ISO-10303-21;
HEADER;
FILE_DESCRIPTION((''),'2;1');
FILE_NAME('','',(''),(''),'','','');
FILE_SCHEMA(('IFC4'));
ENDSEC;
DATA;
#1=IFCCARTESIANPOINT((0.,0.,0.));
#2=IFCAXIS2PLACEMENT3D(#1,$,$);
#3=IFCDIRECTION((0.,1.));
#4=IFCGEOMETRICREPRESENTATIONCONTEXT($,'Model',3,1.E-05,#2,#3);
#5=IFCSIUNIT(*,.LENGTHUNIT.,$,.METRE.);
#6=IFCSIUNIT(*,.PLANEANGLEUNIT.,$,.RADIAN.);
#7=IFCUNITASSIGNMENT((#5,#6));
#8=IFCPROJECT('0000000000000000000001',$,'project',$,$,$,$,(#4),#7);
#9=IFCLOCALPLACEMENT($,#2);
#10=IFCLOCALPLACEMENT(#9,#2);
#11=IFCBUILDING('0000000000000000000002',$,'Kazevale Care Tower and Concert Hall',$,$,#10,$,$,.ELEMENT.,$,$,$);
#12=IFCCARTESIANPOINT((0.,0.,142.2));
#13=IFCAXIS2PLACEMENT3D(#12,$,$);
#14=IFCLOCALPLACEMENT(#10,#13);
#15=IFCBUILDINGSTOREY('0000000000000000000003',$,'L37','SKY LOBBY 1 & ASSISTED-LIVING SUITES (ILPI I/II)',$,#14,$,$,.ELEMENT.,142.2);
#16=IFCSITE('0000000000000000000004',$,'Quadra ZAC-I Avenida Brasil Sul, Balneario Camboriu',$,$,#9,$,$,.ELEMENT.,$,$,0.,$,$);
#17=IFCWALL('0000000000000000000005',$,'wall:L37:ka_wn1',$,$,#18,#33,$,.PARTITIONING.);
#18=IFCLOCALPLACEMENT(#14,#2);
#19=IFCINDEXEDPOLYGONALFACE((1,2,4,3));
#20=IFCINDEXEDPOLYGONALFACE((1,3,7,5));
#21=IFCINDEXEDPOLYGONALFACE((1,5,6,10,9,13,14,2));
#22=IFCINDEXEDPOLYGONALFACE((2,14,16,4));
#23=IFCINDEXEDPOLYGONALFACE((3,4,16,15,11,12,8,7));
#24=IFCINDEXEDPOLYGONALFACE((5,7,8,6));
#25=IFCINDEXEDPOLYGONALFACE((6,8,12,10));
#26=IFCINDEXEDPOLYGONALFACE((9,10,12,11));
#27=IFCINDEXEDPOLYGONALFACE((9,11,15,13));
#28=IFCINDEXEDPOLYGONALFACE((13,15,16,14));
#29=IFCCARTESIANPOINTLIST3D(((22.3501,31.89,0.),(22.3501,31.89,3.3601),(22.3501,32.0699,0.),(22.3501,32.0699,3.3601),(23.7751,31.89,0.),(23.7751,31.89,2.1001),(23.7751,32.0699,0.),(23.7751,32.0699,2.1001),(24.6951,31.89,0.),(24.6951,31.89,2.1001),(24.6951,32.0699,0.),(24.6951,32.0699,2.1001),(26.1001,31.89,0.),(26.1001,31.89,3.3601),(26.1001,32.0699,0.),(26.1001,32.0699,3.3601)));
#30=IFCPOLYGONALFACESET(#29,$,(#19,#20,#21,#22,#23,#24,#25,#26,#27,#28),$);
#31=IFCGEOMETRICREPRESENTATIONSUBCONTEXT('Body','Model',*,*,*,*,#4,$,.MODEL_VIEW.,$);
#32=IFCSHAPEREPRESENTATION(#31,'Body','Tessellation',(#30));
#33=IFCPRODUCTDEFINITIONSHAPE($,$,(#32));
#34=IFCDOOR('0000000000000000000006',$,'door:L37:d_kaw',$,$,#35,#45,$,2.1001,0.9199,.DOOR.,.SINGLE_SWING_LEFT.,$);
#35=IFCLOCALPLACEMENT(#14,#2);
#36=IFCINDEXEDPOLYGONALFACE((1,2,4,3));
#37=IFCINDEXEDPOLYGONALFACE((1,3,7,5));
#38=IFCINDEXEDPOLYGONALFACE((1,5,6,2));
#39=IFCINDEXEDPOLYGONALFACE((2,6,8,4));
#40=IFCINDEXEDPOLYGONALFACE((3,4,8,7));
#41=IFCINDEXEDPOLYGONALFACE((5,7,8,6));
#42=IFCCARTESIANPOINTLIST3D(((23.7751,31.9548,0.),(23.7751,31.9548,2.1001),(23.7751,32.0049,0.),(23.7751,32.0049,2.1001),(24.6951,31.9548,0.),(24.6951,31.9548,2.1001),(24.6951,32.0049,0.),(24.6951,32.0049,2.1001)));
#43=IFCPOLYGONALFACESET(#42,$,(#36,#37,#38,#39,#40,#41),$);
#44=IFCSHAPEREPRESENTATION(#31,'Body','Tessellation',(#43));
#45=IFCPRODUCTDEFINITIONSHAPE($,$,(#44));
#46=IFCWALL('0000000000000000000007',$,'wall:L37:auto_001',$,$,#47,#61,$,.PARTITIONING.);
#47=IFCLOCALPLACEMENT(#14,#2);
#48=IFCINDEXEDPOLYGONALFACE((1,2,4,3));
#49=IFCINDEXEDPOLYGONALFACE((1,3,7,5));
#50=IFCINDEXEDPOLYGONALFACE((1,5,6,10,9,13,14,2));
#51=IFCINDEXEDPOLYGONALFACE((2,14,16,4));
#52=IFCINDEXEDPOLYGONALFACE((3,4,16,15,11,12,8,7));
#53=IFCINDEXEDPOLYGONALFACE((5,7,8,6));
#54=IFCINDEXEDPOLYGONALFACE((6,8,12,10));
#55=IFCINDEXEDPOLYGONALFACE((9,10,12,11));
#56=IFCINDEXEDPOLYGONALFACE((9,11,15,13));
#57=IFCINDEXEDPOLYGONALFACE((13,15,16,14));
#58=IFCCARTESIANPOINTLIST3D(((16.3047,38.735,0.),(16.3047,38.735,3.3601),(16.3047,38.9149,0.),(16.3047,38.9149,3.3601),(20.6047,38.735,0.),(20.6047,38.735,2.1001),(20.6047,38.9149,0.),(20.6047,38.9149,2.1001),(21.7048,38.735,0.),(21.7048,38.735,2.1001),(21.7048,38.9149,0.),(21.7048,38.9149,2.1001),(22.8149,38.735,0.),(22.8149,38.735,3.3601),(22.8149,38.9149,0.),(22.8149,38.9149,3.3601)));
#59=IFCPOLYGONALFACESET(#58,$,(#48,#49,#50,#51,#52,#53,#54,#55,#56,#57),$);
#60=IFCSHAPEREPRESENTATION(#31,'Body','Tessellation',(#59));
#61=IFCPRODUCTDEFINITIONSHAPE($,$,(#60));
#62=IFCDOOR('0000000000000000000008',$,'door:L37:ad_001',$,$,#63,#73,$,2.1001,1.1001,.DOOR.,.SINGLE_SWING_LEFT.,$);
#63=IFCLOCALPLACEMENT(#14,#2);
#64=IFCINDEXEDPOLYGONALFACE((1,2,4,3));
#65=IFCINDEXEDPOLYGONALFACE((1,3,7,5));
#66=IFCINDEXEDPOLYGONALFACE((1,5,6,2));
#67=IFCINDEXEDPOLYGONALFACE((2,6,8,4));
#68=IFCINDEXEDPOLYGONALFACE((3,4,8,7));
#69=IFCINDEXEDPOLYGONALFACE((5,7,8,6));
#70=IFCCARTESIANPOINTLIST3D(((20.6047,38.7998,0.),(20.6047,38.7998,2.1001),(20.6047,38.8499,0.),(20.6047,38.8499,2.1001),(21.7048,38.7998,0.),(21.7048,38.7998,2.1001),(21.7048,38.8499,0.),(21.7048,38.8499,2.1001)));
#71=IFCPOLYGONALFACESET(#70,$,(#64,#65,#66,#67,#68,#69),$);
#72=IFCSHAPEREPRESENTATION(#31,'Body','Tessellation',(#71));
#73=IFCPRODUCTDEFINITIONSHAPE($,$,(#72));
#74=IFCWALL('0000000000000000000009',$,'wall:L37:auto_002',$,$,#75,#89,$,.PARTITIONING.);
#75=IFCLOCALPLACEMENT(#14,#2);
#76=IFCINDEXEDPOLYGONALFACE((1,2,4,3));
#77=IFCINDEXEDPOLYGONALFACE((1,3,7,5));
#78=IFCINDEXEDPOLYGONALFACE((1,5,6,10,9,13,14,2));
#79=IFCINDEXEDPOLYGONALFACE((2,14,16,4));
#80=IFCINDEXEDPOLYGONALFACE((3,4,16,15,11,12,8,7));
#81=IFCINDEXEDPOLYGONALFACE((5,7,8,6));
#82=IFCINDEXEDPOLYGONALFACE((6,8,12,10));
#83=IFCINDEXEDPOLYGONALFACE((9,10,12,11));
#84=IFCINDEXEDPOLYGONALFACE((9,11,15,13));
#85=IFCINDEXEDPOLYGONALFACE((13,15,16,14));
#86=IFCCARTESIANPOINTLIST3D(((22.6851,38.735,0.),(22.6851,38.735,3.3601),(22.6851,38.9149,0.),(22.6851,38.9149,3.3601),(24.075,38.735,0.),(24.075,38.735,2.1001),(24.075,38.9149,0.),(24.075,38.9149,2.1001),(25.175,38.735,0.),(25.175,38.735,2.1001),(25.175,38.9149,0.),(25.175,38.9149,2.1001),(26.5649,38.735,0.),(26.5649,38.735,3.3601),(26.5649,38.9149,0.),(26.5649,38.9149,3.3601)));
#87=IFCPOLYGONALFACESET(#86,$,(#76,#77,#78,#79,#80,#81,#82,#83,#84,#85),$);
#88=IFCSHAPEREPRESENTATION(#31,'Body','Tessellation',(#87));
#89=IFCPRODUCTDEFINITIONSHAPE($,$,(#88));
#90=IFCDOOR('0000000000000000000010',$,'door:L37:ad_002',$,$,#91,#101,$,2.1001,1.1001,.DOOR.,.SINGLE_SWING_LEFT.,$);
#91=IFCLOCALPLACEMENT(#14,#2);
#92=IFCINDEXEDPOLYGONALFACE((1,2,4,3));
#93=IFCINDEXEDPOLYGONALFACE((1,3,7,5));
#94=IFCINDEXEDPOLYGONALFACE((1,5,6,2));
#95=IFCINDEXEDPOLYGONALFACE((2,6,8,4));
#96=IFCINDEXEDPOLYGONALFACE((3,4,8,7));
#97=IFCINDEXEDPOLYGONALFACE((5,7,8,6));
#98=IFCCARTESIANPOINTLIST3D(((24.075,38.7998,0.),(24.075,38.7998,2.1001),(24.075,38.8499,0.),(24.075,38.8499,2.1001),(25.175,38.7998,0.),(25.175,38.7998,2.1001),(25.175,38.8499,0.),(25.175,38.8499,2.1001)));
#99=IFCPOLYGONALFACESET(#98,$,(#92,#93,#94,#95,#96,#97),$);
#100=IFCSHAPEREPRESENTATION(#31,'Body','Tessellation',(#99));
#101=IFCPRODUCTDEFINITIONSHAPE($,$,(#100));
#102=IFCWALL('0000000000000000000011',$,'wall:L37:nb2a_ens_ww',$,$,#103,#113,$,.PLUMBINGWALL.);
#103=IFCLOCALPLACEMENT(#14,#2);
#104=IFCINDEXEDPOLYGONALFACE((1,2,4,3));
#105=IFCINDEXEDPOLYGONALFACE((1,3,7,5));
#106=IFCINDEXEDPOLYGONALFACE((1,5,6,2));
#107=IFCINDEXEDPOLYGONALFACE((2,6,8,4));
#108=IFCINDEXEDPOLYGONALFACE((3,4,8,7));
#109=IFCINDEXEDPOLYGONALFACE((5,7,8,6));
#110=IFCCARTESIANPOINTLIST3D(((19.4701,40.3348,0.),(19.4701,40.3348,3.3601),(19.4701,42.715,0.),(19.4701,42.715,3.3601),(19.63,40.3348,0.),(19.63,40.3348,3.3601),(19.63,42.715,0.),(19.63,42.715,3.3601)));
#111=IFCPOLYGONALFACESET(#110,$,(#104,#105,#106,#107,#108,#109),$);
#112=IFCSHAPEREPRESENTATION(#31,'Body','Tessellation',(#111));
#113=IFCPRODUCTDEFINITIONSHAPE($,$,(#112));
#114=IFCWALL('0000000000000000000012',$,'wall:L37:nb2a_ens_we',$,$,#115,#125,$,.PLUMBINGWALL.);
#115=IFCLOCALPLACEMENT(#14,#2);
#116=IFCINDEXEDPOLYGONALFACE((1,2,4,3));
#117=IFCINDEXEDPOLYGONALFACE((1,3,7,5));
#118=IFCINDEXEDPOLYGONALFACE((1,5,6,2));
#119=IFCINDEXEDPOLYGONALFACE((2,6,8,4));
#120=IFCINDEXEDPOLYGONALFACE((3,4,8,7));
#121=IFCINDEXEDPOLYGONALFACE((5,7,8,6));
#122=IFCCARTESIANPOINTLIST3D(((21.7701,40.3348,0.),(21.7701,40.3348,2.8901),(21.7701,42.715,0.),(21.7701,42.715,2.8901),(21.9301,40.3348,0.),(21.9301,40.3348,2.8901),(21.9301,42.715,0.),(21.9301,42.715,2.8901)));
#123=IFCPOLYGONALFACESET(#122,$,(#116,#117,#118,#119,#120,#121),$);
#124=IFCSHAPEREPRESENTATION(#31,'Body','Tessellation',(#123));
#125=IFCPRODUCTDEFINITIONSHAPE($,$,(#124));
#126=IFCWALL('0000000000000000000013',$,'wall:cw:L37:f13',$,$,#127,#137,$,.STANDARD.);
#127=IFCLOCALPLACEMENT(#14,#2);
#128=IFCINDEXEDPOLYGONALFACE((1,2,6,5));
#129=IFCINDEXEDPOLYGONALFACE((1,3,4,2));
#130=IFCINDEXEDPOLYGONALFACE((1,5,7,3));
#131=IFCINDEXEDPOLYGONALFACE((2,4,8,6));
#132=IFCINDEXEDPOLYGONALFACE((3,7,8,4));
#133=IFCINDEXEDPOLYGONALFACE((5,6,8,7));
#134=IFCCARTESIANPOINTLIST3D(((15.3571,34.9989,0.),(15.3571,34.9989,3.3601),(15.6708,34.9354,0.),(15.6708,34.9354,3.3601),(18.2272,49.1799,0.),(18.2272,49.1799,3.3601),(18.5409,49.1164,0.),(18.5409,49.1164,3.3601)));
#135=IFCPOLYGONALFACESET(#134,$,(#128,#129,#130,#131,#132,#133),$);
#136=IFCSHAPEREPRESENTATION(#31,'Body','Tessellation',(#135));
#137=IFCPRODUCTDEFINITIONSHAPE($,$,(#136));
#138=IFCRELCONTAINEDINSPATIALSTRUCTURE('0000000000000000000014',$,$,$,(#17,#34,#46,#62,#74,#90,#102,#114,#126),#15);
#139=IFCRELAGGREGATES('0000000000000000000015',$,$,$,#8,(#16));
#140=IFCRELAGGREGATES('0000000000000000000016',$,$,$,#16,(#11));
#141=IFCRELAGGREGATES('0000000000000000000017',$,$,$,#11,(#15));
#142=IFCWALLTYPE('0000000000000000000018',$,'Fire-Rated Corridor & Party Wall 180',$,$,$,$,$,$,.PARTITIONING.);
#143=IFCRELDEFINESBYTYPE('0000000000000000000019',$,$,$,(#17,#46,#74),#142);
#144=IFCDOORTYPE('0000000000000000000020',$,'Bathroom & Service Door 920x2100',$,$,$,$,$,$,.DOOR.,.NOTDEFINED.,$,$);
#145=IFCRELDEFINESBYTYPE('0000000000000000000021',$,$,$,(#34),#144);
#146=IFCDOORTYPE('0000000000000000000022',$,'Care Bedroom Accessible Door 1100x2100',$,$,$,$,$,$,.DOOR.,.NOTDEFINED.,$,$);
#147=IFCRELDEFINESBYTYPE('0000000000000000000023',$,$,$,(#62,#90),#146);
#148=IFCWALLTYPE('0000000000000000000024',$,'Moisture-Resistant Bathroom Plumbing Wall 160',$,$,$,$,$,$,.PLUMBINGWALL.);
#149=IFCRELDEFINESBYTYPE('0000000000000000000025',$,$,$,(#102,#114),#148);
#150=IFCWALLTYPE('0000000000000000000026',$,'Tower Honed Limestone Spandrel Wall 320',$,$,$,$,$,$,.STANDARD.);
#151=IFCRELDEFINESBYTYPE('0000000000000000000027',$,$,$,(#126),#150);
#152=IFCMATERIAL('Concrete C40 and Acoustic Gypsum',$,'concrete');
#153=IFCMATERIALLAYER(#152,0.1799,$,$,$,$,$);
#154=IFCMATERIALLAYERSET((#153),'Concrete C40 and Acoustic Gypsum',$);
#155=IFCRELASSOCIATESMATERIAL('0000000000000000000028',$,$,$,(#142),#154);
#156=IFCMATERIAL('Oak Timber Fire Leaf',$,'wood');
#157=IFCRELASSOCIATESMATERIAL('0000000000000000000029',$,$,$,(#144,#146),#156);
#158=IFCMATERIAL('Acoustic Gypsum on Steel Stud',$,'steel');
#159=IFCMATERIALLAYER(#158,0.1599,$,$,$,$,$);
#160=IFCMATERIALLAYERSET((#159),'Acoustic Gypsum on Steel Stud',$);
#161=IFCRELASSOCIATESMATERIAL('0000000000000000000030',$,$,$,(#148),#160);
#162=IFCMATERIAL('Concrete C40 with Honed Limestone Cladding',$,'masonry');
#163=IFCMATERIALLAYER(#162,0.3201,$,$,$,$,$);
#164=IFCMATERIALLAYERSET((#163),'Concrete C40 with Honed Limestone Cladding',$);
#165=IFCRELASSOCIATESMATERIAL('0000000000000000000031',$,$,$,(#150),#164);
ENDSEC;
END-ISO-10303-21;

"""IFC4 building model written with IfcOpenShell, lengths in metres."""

from ifc_helpers import new_model, si_unit, direction, frame, frame_2d, origin, place, context, subcontext, project, spatial, rectangle, extrude, material, layer, layer_set, type_object, element, fill, save


model = new_model("IFC4")

# Units and contexts
model_context = context("Model", 3, precision=1e-05, world=origin(), true_north=direction((0.0, 1.0)))
body_context = subcontext(model_context, "Body", "Model", "MODEL_VIEW")
ifc_project = project(units=[si_unit("LENGTHUNIT", "METRE"), si_unit("PLANEANGLEUNIT", "RADIAN")], contexts=[model_context])

# Site, building, storey
site_placement = place(None, origin())
site = spatial("IfcSite", under=ifc_project, at=site_placement, Name="Quadra ZAC-I Avenida Brasil Sul, Balneario Camboriu", CompositionType="ELEMENT", RefElevation=0.0)
building_placement = place(site_placement, origin())
building = spatial("IfcBuilding", under=site, at=building_placement, Name="Kazevale Care Tower and Concert Hall", CompositionType="ELEMENT")
storey_placement = place(building_placement, frame((0.0, 0.0, 142.2)))
storey = spatial("IfcBuildingStorey", under=building, at=storey_placement, Name="L37", Description="SKY LOBBY 1 & ASSISTED-LIVING SUITES (ILPI I/II)", CompositionType="ELEMENT", Elevation=142.2)

# Walls, openings, doors
ifc_material_1 = material(Name="Concrete C40 and Acoustic Gypsum", Category="concrete")
ifc_layer_1 = layer(ifc_material_1, 0.1799)
ifc_layer_set_1 = layer_set([ifc_layer_1], Name="Concrete C40 and Acoustic Gypsum")
wall_type_1 = type_object("IfcWallType", Name="Fire-Rated Corridor & Party Wall 180", PredefinedType="PARTITIONING", material=ifc_layer_set_1)
wall_1_placement = place(storey_placement, frame((22.3501, 31.98, 0.0), z_axis=(0.0, 0.0, 1.0), x_axis=(1.0, 0.0, 0.0)))
wall_1 = element("IfcWall", 1, at=wall_1_placement, inside=storey, type_object=wall_type_1, Name="wall:L37:ka_wn1", PredefinedType="PARTITIONING", context=body_context, shape_type="SweptSolid", body=[
    extrude(rectangle(XDim=3.75, YDim=0.1799, at=frame_2d((1.875, 0.0))), origin(), (0.0, 0.0, 1.0), 3.3601),
])
opening_1_placement = place(wall_1_placement, frame((1.425, 0.0, 0.0)))
opening_1 = element("IfcOpeningElement", 2, at=opening_1_placement, cuts=wall_1, PredefinedType="OPENING", context=body_context, shape_type="SweptSolid", body=[
    extrude(rectangle(XDim=0.9199, YDim=2.1001, at=frame_2d((0.46, 1.05))), frame((0.0, 0.0999, 0.0), z_axis=(0.0, -1.0, 0.0), x_axis=(1.0, 0.0, 0.0)), (0.0, 0.0, 1.0), 0.2),
])
ifc_material_2 = material(Name="Oak Timber Fire Leaf", Category="wood")
door_type_1 = type_object("IfcDoorType", Name="Bathroom & Service Door 920x2100", OperationType="NOTDEFINED", PredefinedType="DOOR", material=ifc_material_2)
door_1_placement = place(opening_1_placement, origin())
door_1 = element("IfcDoor", 3, at=door_1_placement, inside=storey, type_object=door_type_1, Name="door:L37:d_kaw", OperationType="SINGLE_SWING_LEFT", OverallHeight=2.1001, OverallWidth=0.9199, PredefinedType="DOOR", context=body_context, shape_type="SweptSolid", body=[
    extrude(rectangle(XDim=0.9199, YDim=2.1001, at=frame_2d((0.46, 1.05))), frame((0.0, 0.0249, 0.0), z_axis=(0.0, -1.0, 0.0), x_axis=(1.0, 0.0, 0.0)), (0.0, 0.0, 1.0), 0.05),
])
fill(opening_1, door_1)
wall_2_placement = place(storey_placement, frame((16.3047, 38.825, 0.0), z_axis=(0.0, 0.0, 1.0), x_axis=(1.0, 0.0, 0.0)))
wall_2 = element("IfcWall", 4, at=wall_2_placement, inside=storey, type_object=wall_type_1, Name="wall:L37:auto_001", PredefinedType="PARTITIONING", context=body_context, shape_type="SweptSolid", body=[
    extrude(rectangle(XDim=6.5103, YDim=0.1799, at=frame_2d((3.2551, 0.0))), origin(), (0.0, 0.0, 1.0), 3.3601),
])
opening_2_placement = place(wall_2_placement, frame((4.3, 0.0, 0.0)))
opening_2 = element("IfcOpeningElement", 5, at=opening_2_placement, cuts=wall_2, PredefinedType="OPENING", context=body_context, shape_type="SweptSolid", body=[
    extrude(rectangle(XDim=1.1001, YDim=2.1001, at=frame_2d((0.55, 1.05))), frame((0.0, 0.0999, 0.0), z_axis=(0.0, -1.0, 0.0), x_axis=(1.0, 0.0, 0.0)), (0.0, 0.0, 1.0), 0.2),
])
door_type_2 = type_object("IfcDoorType", Name="Care Bedroom Accessible Door 1100x2100", OperationType="NOTDEFINED", PredefinedType="DOOR", material=ifc_material_2)
door_2_placement = place(opening_2_placement, origin())
door_2 = element("IfcDoor", 6, at=door_2_placement, inside=storey, type_object=door_type_2, Name="door:L37:ad_001", OperationType="SINGLE_SWING_LEFT", OverallHeight=2.1001, OverallWidth=1.1001, PredefinedType="DOOR", context=body_context, shape_type="SweptSolid", body=[
    extrude(rectangle(XDim=1.1001, YDim=2.1001, at=frame_2d((0.55, 1.05))), frame((0.0, 0.0249, 0.0), z_axis=(0.0, -1.0, 0.0), x_axis=(1.0, 0.0, 0.0)), (0.0, 0.0, 1.0), 0.05),
])
fill(opening_2, door_2)
wall_3_placement = place(storey_placement, frame((22.6851, 38.825, 0.0), z_axis=(0.0, 0.0, 1.0), x_axis=(1.0, 0.0, 0.0)))
wall_3 = element("IfcWall", 7, at=wall_3_placement, inside=storey, type_object=wall_type_1, Name="wall:L37:auto_002", PredefinedType="PARTITIONING", context=body_context, shape_type="SweptSolid", body=[
    extrude(rectangle(XDim=3.8799, YDim=0.1799, at=frame_2d((1.9399, 0.0))), origin(), (0.0, 0.0, 1.0), 3.3601),
])
opening_3_placement = place(wall_3_placement, frame((1.3899, 0.0, 0.0)))
opening_3 = element("IfcOpeningElement", 8, at=opening_3_placement, cuts=wall_3, PredefinedType="OPENING", context=body_context, shape_type="SweptSolid", body=[
    extrude(rectangle(XDim=1.1001, YDim=2.1001, at=frame_2d((0.55, 1.05))), frame((0.0, 0.0999, 0.0), z_axis=(0.0, -1.0, 0.0), x_axis=(1.0, 0.0, 0.0)), (0.0, 0.0, 1.0), 0.2),
])
door_3_placement = place(opening_3_placement, origin())
door_3 = element("IfcDoor", 9, at=door_3_placement, inside=storey, type_object=door_type_2, Name="door:L37:ad_002", OperationType="SINGLE_SWING_LEFT", OverallHeight=2.1001, OverallWidth=1.1001, PredefinedType="DOOR", context=body_context, shape_type="SweptSolid", body=[
    extrude(rectangle(XDim=1.1001, YDim=2.1001, at=frame_2d((0.55, 1.05))), frame((0.0, 0.0249, 0.0), z_axis=(0.0, -1.0, 0.0), x_axis=(1.0, 0.0, 0.0)), (0.0, 0.0, 1.0), 0.05),
])
fill(opening_3, door_3)

# Walls
ifc_material_3 = material(Name="Acoustic Gypsum on Steel Stud", Category="steel")
ifc_layer_2 = layer(ifc_material_3, 0.1599)
ifc_layer_set_2 = layer_set([ifc_layer_2], Name="Acoustic Gypsum on Steel Stud")
wall_type_2 = type_object("IfcWallType", Name="Moisture-Resistant Bathroom Plumbing Wall 160", PredefinedType="PLUMBINGWALL", material=ifc_layer_set_2)
wall_4_placement = place(storey_placement, frame((19.55, 40.335, 0.0), z_axis=(0.0, 0.0, 1.0), x_axis=(0.0, 1.0, 0.0)))
element("IfcWall", 10, at=wall_4_placement, inside=storey, type_object=wall_type_2, Name="wall:L37:nb2a_ens_ww", PredefinedType="PLUMBINGWALL", context=body_context, shape_type="SweptSolid", body=[
    extrude(rectangle(XDim=2.3801, YDim=0.1599, at=frame_2d((1.1899, 0.0))), origin(), (0.0, 0.0, 1.0), 3.3601),
])
wall_5_placement = place(storey_placement, frame((21.8501, 40.335, 0.0), z_axis=(0.0, 0.0, 1.0), x_axis=(0.0, 1.0, 0.0)))
element("IfcWall", 11, at=wall_5_placement, inside=storey, type_object=wall_type_2, Name="wall:L37:nb2a_ens_we", PredefinedType="PLUMBINGWALL", context=body_context, shape_type="SweptSolid", body=[
    extrude(rectangle(XDim=2.3801, YDim=0.1599, at=frame_2d((1.1899, 0.0))), origin(), (0.0, 0.0, 1.0), 2.8901),
])
ifc_material_4 = material(Name="Concrete C40 with Honed Limestone Cladding", Category="masonry")
ifc_layer_3 = layer(ifc_material_4, 0.3201)
ifc_layer_set_3 = layer_set([ifc_layer_3], Name="Concrete C40 with Honed Limestone Cladding")
wall_type_3 = type_object("IfcWallType", Name="Tower Honed Limestone Spandrel Wall 320", PredefinedType="STANDARD", material=ifc_layer_set_3)
wall_6_placement = place(storey_placement, frame((15.5139, 34.967, 0.0), z_axis=(0.0, 0.0, 1.0), x_axis=(0.198371, 0.980127, 0.0)))
element("IfcWall", 12, at=wall_6_placement, inside=storey, type_object=wall_type_3, Name="wall:cw:L37:f13", PredefinedType="STANDARD", context=body_context, shape_type="SweptSolid", body=[
    extrude(rectangle(XDim=14.4685, YDim=0.3201, at=frame_2d((7.2344, 0.0))), origin(), (0.0, 0.0, 1.0), 3.3601),
])

save(model, "model.ifc")
